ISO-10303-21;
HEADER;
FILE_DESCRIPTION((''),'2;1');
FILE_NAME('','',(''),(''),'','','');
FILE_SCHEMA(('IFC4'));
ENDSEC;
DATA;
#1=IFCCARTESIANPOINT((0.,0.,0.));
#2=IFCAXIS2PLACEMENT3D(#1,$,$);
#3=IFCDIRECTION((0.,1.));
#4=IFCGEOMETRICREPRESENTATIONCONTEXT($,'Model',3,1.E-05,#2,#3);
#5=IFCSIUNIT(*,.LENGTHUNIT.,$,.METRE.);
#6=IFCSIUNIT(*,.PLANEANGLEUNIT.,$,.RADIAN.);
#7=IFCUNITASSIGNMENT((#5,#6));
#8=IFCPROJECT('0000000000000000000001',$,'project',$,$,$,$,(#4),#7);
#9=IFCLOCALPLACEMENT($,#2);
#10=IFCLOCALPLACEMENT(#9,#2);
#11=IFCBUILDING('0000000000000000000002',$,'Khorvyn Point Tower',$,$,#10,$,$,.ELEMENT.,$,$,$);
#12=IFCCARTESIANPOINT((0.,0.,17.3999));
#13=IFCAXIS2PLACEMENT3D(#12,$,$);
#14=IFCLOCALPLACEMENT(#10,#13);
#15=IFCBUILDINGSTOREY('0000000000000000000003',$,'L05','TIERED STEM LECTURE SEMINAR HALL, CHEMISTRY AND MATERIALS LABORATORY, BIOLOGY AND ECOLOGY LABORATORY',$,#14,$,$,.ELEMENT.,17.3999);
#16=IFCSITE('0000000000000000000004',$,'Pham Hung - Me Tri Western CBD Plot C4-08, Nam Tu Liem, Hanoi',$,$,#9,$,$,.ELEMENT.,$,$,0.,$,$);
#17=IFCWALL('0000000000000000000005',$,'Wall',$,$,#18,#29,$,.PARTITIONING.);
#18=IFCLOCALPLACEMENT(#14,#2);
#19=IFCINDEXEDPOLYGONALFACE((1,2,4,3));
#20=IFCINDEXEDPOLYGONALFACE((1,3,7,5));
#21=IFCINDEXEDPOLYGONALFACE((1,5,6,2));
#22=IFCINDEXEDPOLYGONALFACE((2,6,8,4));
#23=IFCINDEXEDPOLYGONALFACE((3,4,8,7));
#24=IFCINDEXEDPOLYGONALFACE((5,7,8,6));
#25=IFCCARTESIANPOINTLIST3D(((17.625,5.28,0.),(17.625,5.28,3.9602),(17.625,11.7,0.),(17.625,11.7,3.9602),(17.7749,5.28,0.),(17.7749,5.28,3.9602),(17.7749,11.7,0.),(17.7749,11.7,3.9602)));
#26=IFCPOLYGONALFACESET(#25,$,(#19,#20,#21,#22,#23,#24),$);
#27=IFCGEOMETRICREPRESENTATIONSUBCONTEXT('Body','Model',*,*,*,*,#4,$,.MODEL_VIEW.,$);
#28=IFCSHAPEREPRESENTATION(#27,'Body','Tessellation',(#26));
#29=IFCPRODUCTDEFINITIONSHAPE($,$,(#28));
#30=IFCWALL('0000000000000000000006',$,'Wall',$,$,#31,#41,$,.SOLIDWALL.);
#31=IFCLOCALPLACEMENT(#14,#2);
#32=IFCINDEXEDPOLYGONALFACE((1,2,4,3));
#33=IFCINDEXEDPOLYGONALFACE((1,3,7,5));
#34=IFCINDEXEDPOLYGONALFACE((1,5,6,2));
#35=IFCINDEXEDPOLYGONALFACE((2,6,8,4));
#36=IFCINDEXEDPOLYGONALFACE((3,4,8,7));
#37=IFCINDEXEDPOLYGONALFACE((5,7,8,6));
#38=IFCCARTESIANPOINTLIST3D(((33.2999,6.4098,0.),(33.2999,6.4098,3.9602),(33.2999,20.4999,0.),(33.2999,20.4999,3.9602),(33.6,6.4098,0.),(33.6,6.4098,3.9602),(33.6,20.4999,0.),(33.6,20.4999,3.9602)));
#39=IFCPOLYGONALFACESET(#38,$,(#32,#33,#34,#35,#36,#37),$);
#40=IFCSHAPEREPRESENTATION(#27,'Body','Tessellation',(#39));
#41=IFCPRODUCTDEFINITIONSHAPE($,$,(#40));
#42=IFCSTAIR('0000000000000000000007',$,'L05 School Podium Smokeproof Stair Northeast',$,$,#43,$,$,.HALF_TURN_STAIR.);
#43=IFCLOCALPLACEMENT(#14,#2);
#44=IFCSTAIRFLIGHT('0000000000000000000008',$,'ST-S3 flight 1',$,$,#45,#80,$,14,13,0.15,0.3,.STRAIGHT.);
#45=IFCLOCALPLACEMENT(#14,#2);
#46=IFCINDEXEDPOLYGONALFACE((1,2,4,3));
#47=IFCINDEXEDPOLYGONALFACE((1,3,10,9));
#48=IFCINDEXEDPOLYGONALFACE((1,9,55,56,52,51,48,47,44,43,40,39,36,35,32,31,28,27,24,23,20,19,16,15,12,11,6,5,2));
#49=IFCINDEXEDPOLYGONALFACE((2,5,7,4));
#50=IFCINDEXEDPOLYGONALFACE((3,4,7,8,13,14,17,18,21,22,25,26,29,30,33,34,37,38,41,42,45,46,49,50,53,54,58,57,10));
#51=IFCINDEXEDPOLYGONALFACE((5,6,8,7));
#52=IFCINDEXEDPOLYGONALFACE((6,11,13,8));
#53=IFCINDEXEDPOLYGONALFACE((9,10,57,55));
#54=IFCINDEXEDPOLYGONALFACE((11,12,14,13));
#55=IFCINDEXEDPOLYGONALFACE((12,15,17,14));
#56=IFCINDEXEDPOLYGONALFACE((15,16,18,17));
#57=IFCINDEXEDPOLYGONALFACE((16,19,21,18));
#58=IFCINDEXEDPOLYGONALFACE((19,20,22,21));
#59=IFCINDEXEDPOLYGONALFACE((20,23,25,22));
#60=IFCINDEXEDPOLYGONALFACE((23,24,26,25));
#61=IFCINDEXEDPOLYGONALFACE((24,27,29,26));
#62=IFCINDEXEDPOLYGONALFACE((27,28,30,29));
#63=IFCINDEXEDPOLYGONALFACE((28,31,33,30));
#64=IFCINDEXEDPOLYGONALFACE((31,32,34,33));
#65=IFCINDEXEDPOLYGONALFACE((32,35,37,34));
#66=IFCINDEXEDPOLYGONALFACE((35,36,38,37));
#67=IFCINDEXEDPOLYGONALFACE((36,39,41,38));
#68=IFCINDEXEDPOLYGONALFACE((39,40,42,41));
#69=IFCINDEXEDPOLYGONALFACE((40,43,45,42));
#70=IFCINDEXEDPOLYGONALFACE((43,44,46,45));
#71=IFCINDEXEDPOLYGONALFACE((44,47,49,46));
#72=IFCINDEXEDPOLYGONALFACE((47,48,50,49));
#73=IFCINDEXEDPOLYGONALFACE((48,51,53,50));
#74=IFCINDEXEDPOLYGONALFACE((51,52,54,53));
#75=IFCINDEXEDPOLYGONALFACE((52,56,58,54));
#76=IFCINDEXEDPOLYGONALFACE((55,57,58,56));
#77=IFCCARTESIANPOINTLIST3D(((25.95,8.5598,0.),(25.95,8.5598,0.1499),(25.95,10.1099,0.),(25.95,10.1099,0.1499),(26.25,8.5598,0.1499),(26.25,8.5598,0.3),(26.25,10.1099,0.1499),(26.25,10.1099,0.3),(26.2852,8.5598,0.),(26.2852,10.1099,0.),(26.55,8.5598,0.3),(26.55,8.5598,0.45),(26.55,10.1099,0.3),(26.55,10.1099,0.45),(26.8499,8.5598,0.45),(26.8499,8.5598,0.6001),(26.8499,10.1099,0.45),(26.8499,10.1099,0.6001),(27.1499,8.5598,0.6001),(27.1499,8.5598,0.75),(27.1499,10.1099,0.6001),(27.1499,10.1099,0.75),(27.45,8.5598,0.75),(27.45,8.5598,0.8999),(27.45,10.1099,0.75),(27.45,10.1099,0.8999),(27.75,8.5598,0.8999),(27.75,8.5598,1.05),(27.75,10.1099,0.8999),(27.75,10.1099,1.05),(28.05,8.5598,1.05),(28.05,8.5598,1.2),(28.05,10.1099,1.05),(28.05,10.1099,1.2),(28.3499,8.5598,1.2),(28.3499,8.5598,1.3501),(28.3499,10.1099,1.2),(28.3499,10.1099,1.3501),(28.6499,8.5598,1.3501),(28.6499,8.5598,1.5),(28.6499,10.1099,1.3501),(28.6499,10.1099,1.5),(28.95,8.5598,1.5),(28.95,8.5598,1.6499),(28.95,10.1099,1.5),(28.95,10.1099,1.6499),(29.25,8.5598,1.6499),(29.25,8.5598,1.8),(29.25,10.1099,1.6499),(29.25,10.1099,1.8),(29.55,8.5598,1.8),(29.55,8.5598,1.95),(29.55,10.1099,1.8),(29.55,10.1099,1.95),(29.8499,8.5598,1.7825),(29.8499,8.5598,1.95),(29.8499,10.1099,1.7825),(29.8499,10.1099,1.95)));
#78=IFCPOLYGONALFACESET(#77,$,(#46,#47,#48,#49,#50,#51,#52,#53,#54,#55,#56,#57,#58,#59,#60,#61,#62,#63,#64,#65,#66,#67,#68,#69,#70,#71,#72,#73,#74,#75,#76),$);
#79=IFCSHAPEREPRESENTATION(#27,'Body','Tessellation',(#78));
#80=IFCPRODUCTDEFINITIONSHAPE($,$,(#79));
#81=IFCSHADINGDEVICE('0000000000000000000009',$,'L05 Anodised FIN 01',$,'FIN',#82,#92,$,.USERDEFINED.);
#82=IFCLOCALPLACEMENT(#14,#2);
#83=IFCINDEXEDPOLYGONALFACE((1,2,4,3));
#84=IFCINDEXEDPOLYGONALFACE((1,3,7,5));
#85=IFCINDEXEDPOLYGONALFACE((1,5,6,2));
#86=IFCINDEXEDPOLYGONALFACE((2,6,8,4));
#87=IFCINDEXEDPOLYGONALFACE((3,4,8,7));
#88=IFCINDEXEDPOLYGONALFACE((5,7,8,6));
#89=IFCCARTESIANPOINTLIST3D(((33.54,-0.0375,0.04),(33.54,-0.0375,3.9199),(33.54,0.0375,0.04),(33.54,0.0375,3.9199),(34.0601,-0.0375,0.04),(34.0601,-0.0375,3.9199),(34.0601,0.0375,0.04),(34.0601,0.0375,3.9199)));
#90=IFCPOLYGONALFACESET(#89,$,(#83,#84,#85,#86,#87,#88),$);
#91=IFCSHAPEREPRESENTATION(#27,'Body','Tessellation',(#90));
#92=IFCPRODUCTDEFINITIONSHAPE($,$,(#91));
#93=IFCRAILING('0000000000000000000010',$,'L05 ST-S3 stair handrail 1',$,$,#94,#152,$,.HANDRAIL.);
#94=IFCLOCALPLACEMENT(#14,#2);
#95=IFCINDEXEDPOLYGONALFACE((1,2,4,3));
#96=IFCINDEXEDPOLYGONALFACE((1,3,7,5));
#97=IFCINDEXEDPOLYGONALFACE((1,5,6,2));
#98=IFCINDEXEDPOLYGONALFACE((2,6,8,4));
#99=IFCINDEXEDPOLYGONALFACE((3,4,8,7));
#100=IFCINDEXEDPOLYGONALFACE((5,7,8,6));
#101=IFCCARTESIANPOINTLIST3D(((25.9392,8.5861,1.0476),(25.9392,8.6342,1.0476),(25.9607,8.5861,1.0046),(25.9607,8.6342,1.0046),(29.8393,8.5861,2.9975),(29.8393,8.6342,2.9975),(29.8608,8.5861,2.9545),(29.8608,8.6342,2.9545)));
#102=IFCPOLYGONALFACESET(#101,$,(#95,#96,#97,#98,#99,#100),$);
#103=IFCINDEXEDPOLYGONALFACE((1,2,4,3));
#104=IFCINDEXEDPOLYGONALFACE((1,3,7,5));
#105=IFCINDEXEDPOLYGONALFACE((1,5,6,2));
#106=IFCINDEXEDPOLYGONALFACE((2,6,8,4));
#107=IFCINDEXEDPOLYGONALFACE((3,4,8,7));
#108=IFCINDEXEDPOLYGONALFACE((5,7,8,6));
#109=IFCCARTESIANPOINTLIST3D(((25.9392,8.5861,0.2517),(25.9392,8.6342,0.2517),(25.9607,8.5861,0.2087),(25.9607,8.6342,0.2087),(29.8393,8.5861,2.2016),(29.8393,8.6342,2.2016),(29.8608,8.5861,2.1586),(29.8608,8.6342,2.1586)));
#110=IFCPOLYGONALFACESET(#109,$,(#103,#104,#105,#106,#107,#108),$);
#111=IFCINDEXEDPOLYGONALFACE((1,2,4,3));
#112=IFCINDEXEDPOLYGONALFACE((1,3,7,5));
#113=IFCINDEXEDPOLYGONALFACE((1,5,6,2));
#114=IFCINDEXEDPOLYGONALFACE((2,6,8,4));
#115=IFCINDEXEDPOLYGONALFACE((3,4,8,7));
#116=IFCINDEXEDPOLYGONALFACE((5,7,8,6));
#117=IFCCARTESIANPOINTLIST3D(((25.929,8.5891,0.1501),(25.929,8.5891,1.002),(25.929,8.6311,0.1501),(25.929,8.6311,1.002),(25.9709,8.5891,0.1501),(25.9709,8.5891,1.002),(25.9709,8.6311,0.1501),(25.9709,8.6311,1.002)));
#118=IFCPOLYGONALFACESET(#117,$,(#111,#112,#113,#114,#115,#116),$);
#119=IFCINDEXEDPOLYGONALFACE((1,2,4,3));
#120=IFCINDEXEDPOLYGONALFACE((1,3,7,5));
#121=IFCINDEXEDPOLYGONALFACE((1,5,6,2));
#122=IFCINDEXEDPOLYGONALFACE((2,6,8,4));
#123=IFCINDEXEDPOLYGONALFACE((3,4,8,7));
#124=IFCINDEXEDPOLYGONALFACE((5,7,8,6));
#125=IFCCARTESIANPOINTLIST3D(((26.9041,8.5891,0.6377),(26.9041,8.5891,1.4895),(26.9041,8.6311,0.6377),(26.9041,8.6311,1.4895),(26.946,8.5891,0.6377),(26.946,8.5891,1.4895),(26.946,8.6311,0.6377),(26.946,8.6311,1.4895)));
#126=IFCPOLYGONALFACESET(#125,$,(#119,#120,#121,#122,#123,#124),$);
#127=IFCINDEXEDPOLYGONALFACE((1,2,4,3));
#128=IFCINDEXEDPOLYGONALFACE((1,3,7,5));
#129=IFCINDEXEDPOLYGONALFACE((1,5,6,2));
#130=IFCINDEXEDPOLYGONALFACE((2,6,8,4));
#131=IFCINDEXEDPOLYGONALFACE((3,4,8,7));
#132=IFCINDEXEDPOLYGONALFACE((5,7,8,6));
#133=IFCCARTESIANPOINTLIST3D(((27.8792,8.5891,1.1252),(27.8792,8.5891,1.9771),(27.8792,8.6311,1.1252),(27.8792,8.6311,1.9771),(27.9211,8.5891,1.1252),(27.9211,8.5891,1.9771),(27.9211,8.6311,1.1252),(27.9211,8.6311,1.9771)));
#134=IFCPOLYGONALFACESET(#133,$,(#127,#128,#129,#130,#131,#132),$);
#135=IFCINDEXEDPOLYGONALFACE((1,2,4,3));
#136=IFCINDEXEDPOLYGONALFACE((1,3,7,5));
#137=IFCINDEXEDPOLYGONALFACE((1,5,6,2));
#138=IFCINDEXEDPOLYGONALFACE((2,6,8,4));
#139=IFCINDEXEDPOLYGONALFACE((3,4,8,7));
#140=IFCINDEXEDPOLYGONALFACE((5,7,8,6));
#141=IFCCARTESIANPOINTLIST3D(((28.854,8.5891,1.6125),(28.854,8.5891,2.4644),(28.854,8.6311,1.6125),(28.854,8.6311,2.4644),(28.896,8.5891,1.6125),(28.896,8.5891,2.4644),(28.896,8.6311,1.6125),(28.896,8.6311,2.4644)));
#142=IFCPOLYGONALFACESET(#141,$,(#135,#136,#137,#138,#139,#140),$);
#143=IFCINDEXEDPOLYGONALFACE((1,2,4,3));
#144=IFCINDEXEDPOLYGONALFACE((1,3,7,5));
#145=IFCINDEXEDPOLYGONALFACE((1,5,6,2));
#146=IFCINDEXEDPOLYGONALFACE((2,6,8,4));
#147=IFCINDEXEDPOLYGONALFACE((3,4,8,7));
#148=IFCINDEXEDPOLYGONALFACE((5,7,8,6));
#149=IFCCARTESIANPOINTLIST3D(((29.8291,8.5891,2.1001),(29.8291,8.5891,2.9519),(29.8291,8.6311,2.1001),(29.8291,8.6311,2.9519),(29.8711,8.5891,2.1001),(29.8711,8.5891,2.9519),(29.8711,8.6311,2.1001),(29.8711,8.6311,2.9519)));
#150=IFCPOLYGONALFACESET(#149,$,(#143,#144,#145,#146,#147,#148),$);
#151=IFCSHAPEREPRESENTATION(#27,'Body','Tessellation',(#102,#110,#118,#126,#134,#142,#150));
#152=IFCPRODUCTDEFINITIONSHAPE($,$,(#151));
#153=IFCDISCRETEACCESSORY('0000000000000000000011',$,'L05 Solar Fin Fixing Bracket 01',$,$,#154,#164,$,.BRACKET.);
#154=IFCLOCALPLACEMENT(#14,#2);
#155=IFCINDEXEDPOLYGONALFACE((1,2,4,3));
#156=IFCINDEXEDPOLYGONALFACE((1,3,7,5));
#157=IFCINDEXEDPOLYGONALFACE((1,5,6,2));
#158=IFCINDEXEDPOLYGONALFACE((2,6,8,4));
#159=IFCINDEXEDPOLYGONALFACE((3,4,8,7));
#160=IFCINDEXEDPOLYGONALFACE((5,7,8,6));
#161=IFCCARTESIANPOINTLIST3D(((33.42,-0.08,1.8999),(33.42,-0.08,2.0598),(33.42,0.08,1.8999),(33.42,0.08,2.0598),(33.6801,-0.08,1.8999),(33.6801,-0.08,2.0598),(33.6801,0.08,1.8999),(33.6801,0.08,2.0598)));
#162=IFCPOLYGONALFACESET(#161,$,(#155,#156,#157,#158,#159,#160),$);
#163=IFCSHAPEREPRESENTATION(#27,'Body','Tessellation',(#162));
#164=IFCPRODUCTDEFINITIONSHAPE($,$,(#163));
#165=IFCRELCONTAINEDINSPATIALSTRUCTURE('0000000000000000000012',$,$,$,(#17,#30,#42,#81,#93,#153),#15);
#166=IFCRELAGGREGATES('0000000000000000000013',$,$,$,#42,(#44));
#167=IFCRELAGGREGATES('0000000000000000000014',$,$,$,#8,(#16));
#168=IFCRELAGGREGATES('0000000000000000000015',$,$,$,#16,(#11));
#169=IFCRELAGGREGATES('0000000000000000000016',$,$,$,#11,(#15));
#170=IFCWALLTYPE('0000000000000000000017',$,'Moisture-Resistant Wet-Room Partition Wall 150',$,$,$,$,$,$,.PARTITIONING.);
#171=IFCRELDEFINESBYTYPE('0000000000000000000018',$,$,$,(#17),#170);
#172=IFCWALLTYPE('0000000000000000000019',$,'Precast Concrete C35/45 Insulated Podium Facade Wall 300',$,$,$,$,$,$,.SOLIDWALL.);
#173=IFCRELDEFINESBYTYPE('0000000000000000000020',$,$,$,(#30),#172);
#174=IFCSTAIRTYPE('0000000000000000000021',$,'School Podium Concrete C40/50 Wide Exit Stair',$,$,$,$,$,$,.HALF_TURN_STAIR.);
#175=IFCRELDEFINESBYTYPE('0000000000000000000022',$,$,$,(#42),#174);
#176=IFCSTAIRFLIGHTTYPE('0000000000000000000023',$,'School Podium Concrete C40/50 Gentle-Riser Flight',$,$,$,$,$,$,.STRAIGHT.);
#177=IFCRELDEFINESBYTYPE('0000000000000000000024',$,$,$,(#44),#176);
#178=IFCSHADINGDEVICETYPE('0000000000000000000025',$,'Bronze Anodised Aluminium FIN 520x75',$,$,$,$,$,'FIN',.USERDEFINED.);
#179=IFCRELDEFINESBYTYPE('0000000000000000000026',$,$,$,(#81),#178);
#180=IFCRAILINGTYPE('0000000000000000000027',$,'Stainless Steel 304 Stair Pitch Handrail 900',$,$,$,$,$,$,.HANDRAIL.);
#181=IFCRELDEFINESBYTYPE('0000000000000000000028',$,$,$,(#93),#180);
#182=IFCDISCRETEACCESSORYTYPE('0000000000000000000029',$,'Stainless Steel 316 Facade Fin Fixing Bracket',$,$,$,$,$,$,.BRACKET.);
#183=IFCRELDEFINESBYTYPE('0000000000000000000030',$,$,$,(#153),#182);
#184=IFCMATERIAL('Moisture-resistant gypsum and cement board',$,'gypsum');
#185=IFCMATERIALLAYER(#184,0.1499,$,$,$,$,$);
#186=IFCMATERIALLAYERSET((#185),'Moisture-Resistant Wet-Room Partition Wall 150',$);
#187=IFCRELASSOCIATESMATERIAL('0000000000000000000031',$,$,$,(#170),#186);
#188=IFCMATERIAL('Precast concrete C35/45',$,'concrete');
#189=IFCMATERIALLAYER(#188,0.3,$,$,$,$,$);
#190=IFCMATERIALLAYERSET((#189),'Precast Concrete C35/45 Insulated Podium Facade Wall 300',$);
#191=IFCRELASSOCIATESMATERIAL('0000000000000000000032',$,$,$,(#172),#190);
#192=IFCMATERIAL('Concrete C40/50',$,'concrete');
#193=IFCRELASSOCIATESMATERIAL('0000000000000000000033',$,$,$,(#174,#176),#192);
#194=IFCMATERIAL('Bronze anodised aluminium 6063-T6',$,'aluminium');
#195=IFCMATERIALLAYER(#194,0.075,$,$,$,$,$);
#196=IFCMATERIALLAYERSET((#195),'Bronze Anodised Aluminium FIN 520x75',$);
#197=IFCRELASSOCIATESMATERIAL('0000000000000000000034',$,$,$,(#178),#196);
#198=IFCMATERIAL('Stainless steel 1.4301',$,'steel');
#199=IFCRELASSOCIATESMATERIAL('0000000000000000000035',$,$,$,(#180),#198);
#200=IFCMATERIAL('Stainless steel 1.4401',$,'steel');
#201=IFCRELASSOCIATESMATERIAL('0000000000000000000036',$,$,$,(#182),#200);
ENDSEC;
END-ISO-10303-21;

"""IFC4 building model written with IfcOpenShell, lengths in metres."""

from ifc_helpers import new_model, si_unit, direction, frame, frame_2d, origin, origin_2d, place, context, subcontext, project, spatial, polyline, rectangle, outline, extrude, material, layer, layer_set, type_object, element, aggregate, save


model = new_model("IFC4")

# Units and contexts
model_context = context("Model", 3, precision=1e-05, world=origin(), true_north=direction((0.0, 1.0)))
body_context = subcontext(model_context, "Body", "Model", "MODEL_VIEW")
ifc_project = project(units=[si_unit("LENGTHUNIT", "METRE"), si_unit("PLANEANGLEUNIT", "RADIAN")], contexts=[model_context])

# Site, building, storey
site_placement = place(None, origin())
site = spatial("IfcSite", under=ifc_project, at=site_placement, Name="Pham Hung - Me Tri Western CBD Plot C4-08, Nam Tu Liem, Hanoi", CompositionType="ELEMENT", RefElevation=0.0)
building_placement = place(site_placement, origin())
building = spatial("IfcBuilding", under=site, at=building_placement, Name="Khorvyn Point Tower", CompositionType="ELEMENT")
storey_placement = place(building_placement, frame((0.0, 0.0, 17.3999)))
storey = spatial("IfcBuildingStorey", under=building, at=storey_placement, Name="L05", Description="TIERED STEM LECTURE SEMINAR HALL, CHEMISTRY AND MATERIALS LABORATORY, BIOLOGY AND ECOLOGY LABORATORY", CompositionType="ELEMENT", Elevation=17.3999)

# Shared definitions
ifc_material_1 = material(Name="Concrete C40/50", Category="concrete")

# Walls
ifc_material_2 = material(Name="Moisture-resistant gypsum and cement board", Category="gypsum")
ifc_layer_1 = layer(ifc_material_2, 0.1499)
ifc_layer_set_1 = layer_set([ifc_layer_1], Name="Moisture-Resistant Wet-Room Partition Wall 150")
wall_type_1 = type_object("IfcWallType", Name="Moisture-Resistant Wet-Room Partition Wall 150", PredefinedType="PARTITIONING", material=ifc_layer_set_1)
wall_1_placement = place(storey_placement, frame((17.7, 5.28, 0.0), z_axis=(0.0, 0.0, 1.0), x_axis=(0.0, 1.0, 0.0)))
element("IfcWall", 1, at=wall_1_placement, inside=storey, type_object=wall_type_1, Name="Wall", PredefinedType="PARTITIONING", context=body_context, shape_type="SweptSolid", body=[
    extrude(rectangle(XDim=6.4199, YDim=0.1499, at=frame_2d((3.21, 0.0))), origin(), (0.0, 0.0, 1.0), 3.9602),
])
ifc_material_3 = material(Name="Precast concrete C35/45", Category="concrete")
ifc_layer_2 = layer(ifc_material_3, 0.3)
ifc_layer_set_2 = layer_set([ifc_layer_2], Name="Precast Concrete C35/45 Insulated Podium Facade Wall 300")
wall_type_2 = type_object("IfcWallType", Name="Precast Concrete C35/45 Insulated Podium Facade Wall 300", PredefinedType="SOLIDWALL", material=ifc_layer_set_2)
wall_2_placement = place(storey_placement, frame((33.45, 6.4099, 0.0), z_axis=(0.0, 0.0, 1.0), x_axis=(0.0, 1.0, 0.0)))
element("IfcWall", 2, at=wall_2_placement, inside=storey, type_object=wall_type_2, Name="Wall", PredefinedType="SOLIDWALL", context=body_context, shape_type="SweptSolid", body=[
    extrude(rectangle(XDim=14.0901, YDim=0.3, at=frame_2d((7.0449, 0.0))), origin(), (0.0, 0.0, 1.0), 3.9602),
])

# Stair, stair flight
stair_type = type_object("IfcStairType", Name="School Podium Concrete C40/50 Wide Exit Stair", PredefinedType="HALF_TURN_STAIR", material=ifc_material_1)
stair_placement = place(storey_placement, origin())
stair = element("IfcStair", 3, at=stair_placement, inside=storey, type_object=stair_type, Name="L05 School Podium Smokeproof Stair Northeast", PredefinedType="HALF_TURN_STAIR")
stair_flight_type = type_object("IfcStairFlightType", Name="School Podium Concrete C40/50 Gentle-Riser Flight", PredefinedType="STRAIGHT", material=ifc_material_1)
stair_flight_placement = place(storey_placement, frame((25.95, 9.335, 0.0), z_axis=(0.0, 0.0, 1.0), x_axis=(1.0, 0.0, 0.0)))
stair_flight = element("IfcStairFlight", 4, at=stair_flight_placement, type_object=stair_flight_type, Name="ST-S3 flight 1", NumberOfRisers=14, NumberOfTreads=13, PredefinedType="STRAIGHT", RiserHeight=0.15, TreadLength=0.3, context=body_context, shape_type="SweptSolid", body=[
    extrude(outline(polyline([(0.0, 0.0), (0.0, 0.1499), (0.3, 0.1499), (0.3, 0.3), (0.6001, 0.3), (0.6001, 0.45), (0.8999, 0.45), (0.8999, 0.6001), (1.2, 0.6001), (1.2, 0.75), (1.5, 0.75), (1.5, 0.8999), (1.8, 0.8999), (1.8, 1.05), (2.1001, 1.05), (2.1001, 1.2), (2.3999, 1.2), (2.3999, 1.3501), (2.7, 1.3501), (2.7, 1.5), (3.0, 1.5), (3.0, 1.6499), (3.3, 1.6499), (3.3, 1.8), (3.6001, 1.8), (3.6001, 1.95), (3.8999, 1.95), (3.8999, 2.1001), (3.8999, 1.7825), (0.3352, 0.0), (0.0, 0.0)])), frame((0.0, 0.7749, 0.0), z_axis=(0.0, -1.0, 0.0), x_axis=(1.0, 0.0, 0.0)), (0.0, 0.0, 1.0), 1.55),
])
aggregate(stair, [stair_flight])

# Shading device
ifc_material_4 = material(Name="Bronze anodised aluminium 6063-T6", Category="aluminium")
ifc_layer_3 = layer(ifc_material_4, 0.075)
ifc_layer_set_3 = layer_set([ifc_layer_3], Name="Bronze Anodised Aluminium FIN 520x75")
shading_device_type = type_object("IfcShadingDeviceType", Name="Bronze Anodised Aluminium FIN 520x75", ElementType="FIN", PredefinedType="USERDEFINED", material=ifc_layer_set_3)
shading_device_placement = place(storey_placement, frame((33.8, 0.0, 0.04), z_axis=(0.0, 0.0, 1.0), x_axis=(1.0, 0.0, 0.0)))
element("IfcShadingDevice", 5, at=shading_device_placement, inside=storey, type_object=shading_device_type, Name="L05 Anodised FIN 01", ObjectType="FIN", PredefinedType="USERDEFINED", context=body_context, shape_type="SweptSolid", body=[
    extrude(rectangle(XDim=0.52, YDim=0.075, at=origin_2d()), origin(), (0.0, 0.0, 1.0), 3.8799),
])

# Railing
ifc_material_5 = material(Name="Stainless steel 1.4301", Category="steel")
railing_type = type_object("IfcRailingType", Name="Stainless Steel 304 Stair Pitch Handrail 900", PredefinedType="HANDRAIL", material=ifc_material_5)
railing_placement = place(storey_placement, frame((25.95, 8.6101, 0.1501)))
element("IfcRailing", 6, at=railing_placement, inside=storey, type_object=railing_type, Name="L05 ST-S3 stair handrail 1", PredefinedType="HANDRAIL", context=body_context, shape_type="SweptSolid", body=[
    extrude(rectangle(XDim=0.0481, YDim=0.0481, at=origin_2d()), frame((0.0, 0.0, 0.876), z_axis=(0.894438, 0.0, 0.447191), x_axis=(0.0, 1.0, 0.0)), (0.0, 0.0, 1.0), 4.3604),
    extrude(rectangle(XDim=0.0481, YDim=0.0481, at=origin_2d()), frame((0.0, 0.0, 0.0801), z_axis=(0.894438, 0.0, 0.447191), x_axis=(0.0, 1.0, 0.0)), (0.0, 0.0, 1.0), 4.3604),
    extrude(rectangle(XDim=0.042, YDim=0.042, at=origin_2d()), origin(), (0.0, 0.0, 1.0), 0.8518),
    extrude(rectangle(XDim=0.042, YDim=0.042, at=origin_2d()), frame((0.9751, 0.0, 0.4875)), (0.0, 0.0, 1.0), 0.8518),
    extrude(rectangle(XDim=0.042, YDim=0.042, at=origin_2d()), frame((1.9502, 0.0, 0.9751)), (0.0, 0.0, 1.0), 0.8518),
    extrude(rectangle(XDim=0.042, YDim=0.042, at=origin_2d()), frame((2.925, 0.0, 1.4624)), (0.0, 0.0, 1.0), 0.8518),
    extrude(rectangle(XDim=0.042, YDim=0.042, at=origin_2d()), frame((3.9001, 0.0, 1.95)), (0.0, 0.0, 1.0), 0.8518),
])

# Discrete accessory
ifc_material_6 = material(Name="Stainless steel 1.4401", Category="steel")
discrete_accessory_type = type_object("IfcDiscreteAccessoryType", Name="Stainless Steel 316 Facade Fin Fixing Bracket", PredefinedType="BRACKET", material=ifc_material_6)
discrete_accessory_placement = place(storey_placement, frame((33.55, 0.0, 1.8999), z_axis=(0.0, 0.0, 1.0), x_axis=(0.0, 1.0, 0.0)))
element("IfcDiscreteAccessory", 7, at=discrete_accessory_placement, inside=storey, type_object=discrete_accessory_type, Name="L05 Solar Fin Fixing Bracket 01", PredefinedType="BRACKET", context=body_context, shape_type="SweptSolid", body=[
    extrude(rectangle(XDim=0.1599, YDim=0.26, at=origin_2d()), origin(), (0.0, 0.0, 1.0), 0.1599),
])

save(model, "model.ifc")
